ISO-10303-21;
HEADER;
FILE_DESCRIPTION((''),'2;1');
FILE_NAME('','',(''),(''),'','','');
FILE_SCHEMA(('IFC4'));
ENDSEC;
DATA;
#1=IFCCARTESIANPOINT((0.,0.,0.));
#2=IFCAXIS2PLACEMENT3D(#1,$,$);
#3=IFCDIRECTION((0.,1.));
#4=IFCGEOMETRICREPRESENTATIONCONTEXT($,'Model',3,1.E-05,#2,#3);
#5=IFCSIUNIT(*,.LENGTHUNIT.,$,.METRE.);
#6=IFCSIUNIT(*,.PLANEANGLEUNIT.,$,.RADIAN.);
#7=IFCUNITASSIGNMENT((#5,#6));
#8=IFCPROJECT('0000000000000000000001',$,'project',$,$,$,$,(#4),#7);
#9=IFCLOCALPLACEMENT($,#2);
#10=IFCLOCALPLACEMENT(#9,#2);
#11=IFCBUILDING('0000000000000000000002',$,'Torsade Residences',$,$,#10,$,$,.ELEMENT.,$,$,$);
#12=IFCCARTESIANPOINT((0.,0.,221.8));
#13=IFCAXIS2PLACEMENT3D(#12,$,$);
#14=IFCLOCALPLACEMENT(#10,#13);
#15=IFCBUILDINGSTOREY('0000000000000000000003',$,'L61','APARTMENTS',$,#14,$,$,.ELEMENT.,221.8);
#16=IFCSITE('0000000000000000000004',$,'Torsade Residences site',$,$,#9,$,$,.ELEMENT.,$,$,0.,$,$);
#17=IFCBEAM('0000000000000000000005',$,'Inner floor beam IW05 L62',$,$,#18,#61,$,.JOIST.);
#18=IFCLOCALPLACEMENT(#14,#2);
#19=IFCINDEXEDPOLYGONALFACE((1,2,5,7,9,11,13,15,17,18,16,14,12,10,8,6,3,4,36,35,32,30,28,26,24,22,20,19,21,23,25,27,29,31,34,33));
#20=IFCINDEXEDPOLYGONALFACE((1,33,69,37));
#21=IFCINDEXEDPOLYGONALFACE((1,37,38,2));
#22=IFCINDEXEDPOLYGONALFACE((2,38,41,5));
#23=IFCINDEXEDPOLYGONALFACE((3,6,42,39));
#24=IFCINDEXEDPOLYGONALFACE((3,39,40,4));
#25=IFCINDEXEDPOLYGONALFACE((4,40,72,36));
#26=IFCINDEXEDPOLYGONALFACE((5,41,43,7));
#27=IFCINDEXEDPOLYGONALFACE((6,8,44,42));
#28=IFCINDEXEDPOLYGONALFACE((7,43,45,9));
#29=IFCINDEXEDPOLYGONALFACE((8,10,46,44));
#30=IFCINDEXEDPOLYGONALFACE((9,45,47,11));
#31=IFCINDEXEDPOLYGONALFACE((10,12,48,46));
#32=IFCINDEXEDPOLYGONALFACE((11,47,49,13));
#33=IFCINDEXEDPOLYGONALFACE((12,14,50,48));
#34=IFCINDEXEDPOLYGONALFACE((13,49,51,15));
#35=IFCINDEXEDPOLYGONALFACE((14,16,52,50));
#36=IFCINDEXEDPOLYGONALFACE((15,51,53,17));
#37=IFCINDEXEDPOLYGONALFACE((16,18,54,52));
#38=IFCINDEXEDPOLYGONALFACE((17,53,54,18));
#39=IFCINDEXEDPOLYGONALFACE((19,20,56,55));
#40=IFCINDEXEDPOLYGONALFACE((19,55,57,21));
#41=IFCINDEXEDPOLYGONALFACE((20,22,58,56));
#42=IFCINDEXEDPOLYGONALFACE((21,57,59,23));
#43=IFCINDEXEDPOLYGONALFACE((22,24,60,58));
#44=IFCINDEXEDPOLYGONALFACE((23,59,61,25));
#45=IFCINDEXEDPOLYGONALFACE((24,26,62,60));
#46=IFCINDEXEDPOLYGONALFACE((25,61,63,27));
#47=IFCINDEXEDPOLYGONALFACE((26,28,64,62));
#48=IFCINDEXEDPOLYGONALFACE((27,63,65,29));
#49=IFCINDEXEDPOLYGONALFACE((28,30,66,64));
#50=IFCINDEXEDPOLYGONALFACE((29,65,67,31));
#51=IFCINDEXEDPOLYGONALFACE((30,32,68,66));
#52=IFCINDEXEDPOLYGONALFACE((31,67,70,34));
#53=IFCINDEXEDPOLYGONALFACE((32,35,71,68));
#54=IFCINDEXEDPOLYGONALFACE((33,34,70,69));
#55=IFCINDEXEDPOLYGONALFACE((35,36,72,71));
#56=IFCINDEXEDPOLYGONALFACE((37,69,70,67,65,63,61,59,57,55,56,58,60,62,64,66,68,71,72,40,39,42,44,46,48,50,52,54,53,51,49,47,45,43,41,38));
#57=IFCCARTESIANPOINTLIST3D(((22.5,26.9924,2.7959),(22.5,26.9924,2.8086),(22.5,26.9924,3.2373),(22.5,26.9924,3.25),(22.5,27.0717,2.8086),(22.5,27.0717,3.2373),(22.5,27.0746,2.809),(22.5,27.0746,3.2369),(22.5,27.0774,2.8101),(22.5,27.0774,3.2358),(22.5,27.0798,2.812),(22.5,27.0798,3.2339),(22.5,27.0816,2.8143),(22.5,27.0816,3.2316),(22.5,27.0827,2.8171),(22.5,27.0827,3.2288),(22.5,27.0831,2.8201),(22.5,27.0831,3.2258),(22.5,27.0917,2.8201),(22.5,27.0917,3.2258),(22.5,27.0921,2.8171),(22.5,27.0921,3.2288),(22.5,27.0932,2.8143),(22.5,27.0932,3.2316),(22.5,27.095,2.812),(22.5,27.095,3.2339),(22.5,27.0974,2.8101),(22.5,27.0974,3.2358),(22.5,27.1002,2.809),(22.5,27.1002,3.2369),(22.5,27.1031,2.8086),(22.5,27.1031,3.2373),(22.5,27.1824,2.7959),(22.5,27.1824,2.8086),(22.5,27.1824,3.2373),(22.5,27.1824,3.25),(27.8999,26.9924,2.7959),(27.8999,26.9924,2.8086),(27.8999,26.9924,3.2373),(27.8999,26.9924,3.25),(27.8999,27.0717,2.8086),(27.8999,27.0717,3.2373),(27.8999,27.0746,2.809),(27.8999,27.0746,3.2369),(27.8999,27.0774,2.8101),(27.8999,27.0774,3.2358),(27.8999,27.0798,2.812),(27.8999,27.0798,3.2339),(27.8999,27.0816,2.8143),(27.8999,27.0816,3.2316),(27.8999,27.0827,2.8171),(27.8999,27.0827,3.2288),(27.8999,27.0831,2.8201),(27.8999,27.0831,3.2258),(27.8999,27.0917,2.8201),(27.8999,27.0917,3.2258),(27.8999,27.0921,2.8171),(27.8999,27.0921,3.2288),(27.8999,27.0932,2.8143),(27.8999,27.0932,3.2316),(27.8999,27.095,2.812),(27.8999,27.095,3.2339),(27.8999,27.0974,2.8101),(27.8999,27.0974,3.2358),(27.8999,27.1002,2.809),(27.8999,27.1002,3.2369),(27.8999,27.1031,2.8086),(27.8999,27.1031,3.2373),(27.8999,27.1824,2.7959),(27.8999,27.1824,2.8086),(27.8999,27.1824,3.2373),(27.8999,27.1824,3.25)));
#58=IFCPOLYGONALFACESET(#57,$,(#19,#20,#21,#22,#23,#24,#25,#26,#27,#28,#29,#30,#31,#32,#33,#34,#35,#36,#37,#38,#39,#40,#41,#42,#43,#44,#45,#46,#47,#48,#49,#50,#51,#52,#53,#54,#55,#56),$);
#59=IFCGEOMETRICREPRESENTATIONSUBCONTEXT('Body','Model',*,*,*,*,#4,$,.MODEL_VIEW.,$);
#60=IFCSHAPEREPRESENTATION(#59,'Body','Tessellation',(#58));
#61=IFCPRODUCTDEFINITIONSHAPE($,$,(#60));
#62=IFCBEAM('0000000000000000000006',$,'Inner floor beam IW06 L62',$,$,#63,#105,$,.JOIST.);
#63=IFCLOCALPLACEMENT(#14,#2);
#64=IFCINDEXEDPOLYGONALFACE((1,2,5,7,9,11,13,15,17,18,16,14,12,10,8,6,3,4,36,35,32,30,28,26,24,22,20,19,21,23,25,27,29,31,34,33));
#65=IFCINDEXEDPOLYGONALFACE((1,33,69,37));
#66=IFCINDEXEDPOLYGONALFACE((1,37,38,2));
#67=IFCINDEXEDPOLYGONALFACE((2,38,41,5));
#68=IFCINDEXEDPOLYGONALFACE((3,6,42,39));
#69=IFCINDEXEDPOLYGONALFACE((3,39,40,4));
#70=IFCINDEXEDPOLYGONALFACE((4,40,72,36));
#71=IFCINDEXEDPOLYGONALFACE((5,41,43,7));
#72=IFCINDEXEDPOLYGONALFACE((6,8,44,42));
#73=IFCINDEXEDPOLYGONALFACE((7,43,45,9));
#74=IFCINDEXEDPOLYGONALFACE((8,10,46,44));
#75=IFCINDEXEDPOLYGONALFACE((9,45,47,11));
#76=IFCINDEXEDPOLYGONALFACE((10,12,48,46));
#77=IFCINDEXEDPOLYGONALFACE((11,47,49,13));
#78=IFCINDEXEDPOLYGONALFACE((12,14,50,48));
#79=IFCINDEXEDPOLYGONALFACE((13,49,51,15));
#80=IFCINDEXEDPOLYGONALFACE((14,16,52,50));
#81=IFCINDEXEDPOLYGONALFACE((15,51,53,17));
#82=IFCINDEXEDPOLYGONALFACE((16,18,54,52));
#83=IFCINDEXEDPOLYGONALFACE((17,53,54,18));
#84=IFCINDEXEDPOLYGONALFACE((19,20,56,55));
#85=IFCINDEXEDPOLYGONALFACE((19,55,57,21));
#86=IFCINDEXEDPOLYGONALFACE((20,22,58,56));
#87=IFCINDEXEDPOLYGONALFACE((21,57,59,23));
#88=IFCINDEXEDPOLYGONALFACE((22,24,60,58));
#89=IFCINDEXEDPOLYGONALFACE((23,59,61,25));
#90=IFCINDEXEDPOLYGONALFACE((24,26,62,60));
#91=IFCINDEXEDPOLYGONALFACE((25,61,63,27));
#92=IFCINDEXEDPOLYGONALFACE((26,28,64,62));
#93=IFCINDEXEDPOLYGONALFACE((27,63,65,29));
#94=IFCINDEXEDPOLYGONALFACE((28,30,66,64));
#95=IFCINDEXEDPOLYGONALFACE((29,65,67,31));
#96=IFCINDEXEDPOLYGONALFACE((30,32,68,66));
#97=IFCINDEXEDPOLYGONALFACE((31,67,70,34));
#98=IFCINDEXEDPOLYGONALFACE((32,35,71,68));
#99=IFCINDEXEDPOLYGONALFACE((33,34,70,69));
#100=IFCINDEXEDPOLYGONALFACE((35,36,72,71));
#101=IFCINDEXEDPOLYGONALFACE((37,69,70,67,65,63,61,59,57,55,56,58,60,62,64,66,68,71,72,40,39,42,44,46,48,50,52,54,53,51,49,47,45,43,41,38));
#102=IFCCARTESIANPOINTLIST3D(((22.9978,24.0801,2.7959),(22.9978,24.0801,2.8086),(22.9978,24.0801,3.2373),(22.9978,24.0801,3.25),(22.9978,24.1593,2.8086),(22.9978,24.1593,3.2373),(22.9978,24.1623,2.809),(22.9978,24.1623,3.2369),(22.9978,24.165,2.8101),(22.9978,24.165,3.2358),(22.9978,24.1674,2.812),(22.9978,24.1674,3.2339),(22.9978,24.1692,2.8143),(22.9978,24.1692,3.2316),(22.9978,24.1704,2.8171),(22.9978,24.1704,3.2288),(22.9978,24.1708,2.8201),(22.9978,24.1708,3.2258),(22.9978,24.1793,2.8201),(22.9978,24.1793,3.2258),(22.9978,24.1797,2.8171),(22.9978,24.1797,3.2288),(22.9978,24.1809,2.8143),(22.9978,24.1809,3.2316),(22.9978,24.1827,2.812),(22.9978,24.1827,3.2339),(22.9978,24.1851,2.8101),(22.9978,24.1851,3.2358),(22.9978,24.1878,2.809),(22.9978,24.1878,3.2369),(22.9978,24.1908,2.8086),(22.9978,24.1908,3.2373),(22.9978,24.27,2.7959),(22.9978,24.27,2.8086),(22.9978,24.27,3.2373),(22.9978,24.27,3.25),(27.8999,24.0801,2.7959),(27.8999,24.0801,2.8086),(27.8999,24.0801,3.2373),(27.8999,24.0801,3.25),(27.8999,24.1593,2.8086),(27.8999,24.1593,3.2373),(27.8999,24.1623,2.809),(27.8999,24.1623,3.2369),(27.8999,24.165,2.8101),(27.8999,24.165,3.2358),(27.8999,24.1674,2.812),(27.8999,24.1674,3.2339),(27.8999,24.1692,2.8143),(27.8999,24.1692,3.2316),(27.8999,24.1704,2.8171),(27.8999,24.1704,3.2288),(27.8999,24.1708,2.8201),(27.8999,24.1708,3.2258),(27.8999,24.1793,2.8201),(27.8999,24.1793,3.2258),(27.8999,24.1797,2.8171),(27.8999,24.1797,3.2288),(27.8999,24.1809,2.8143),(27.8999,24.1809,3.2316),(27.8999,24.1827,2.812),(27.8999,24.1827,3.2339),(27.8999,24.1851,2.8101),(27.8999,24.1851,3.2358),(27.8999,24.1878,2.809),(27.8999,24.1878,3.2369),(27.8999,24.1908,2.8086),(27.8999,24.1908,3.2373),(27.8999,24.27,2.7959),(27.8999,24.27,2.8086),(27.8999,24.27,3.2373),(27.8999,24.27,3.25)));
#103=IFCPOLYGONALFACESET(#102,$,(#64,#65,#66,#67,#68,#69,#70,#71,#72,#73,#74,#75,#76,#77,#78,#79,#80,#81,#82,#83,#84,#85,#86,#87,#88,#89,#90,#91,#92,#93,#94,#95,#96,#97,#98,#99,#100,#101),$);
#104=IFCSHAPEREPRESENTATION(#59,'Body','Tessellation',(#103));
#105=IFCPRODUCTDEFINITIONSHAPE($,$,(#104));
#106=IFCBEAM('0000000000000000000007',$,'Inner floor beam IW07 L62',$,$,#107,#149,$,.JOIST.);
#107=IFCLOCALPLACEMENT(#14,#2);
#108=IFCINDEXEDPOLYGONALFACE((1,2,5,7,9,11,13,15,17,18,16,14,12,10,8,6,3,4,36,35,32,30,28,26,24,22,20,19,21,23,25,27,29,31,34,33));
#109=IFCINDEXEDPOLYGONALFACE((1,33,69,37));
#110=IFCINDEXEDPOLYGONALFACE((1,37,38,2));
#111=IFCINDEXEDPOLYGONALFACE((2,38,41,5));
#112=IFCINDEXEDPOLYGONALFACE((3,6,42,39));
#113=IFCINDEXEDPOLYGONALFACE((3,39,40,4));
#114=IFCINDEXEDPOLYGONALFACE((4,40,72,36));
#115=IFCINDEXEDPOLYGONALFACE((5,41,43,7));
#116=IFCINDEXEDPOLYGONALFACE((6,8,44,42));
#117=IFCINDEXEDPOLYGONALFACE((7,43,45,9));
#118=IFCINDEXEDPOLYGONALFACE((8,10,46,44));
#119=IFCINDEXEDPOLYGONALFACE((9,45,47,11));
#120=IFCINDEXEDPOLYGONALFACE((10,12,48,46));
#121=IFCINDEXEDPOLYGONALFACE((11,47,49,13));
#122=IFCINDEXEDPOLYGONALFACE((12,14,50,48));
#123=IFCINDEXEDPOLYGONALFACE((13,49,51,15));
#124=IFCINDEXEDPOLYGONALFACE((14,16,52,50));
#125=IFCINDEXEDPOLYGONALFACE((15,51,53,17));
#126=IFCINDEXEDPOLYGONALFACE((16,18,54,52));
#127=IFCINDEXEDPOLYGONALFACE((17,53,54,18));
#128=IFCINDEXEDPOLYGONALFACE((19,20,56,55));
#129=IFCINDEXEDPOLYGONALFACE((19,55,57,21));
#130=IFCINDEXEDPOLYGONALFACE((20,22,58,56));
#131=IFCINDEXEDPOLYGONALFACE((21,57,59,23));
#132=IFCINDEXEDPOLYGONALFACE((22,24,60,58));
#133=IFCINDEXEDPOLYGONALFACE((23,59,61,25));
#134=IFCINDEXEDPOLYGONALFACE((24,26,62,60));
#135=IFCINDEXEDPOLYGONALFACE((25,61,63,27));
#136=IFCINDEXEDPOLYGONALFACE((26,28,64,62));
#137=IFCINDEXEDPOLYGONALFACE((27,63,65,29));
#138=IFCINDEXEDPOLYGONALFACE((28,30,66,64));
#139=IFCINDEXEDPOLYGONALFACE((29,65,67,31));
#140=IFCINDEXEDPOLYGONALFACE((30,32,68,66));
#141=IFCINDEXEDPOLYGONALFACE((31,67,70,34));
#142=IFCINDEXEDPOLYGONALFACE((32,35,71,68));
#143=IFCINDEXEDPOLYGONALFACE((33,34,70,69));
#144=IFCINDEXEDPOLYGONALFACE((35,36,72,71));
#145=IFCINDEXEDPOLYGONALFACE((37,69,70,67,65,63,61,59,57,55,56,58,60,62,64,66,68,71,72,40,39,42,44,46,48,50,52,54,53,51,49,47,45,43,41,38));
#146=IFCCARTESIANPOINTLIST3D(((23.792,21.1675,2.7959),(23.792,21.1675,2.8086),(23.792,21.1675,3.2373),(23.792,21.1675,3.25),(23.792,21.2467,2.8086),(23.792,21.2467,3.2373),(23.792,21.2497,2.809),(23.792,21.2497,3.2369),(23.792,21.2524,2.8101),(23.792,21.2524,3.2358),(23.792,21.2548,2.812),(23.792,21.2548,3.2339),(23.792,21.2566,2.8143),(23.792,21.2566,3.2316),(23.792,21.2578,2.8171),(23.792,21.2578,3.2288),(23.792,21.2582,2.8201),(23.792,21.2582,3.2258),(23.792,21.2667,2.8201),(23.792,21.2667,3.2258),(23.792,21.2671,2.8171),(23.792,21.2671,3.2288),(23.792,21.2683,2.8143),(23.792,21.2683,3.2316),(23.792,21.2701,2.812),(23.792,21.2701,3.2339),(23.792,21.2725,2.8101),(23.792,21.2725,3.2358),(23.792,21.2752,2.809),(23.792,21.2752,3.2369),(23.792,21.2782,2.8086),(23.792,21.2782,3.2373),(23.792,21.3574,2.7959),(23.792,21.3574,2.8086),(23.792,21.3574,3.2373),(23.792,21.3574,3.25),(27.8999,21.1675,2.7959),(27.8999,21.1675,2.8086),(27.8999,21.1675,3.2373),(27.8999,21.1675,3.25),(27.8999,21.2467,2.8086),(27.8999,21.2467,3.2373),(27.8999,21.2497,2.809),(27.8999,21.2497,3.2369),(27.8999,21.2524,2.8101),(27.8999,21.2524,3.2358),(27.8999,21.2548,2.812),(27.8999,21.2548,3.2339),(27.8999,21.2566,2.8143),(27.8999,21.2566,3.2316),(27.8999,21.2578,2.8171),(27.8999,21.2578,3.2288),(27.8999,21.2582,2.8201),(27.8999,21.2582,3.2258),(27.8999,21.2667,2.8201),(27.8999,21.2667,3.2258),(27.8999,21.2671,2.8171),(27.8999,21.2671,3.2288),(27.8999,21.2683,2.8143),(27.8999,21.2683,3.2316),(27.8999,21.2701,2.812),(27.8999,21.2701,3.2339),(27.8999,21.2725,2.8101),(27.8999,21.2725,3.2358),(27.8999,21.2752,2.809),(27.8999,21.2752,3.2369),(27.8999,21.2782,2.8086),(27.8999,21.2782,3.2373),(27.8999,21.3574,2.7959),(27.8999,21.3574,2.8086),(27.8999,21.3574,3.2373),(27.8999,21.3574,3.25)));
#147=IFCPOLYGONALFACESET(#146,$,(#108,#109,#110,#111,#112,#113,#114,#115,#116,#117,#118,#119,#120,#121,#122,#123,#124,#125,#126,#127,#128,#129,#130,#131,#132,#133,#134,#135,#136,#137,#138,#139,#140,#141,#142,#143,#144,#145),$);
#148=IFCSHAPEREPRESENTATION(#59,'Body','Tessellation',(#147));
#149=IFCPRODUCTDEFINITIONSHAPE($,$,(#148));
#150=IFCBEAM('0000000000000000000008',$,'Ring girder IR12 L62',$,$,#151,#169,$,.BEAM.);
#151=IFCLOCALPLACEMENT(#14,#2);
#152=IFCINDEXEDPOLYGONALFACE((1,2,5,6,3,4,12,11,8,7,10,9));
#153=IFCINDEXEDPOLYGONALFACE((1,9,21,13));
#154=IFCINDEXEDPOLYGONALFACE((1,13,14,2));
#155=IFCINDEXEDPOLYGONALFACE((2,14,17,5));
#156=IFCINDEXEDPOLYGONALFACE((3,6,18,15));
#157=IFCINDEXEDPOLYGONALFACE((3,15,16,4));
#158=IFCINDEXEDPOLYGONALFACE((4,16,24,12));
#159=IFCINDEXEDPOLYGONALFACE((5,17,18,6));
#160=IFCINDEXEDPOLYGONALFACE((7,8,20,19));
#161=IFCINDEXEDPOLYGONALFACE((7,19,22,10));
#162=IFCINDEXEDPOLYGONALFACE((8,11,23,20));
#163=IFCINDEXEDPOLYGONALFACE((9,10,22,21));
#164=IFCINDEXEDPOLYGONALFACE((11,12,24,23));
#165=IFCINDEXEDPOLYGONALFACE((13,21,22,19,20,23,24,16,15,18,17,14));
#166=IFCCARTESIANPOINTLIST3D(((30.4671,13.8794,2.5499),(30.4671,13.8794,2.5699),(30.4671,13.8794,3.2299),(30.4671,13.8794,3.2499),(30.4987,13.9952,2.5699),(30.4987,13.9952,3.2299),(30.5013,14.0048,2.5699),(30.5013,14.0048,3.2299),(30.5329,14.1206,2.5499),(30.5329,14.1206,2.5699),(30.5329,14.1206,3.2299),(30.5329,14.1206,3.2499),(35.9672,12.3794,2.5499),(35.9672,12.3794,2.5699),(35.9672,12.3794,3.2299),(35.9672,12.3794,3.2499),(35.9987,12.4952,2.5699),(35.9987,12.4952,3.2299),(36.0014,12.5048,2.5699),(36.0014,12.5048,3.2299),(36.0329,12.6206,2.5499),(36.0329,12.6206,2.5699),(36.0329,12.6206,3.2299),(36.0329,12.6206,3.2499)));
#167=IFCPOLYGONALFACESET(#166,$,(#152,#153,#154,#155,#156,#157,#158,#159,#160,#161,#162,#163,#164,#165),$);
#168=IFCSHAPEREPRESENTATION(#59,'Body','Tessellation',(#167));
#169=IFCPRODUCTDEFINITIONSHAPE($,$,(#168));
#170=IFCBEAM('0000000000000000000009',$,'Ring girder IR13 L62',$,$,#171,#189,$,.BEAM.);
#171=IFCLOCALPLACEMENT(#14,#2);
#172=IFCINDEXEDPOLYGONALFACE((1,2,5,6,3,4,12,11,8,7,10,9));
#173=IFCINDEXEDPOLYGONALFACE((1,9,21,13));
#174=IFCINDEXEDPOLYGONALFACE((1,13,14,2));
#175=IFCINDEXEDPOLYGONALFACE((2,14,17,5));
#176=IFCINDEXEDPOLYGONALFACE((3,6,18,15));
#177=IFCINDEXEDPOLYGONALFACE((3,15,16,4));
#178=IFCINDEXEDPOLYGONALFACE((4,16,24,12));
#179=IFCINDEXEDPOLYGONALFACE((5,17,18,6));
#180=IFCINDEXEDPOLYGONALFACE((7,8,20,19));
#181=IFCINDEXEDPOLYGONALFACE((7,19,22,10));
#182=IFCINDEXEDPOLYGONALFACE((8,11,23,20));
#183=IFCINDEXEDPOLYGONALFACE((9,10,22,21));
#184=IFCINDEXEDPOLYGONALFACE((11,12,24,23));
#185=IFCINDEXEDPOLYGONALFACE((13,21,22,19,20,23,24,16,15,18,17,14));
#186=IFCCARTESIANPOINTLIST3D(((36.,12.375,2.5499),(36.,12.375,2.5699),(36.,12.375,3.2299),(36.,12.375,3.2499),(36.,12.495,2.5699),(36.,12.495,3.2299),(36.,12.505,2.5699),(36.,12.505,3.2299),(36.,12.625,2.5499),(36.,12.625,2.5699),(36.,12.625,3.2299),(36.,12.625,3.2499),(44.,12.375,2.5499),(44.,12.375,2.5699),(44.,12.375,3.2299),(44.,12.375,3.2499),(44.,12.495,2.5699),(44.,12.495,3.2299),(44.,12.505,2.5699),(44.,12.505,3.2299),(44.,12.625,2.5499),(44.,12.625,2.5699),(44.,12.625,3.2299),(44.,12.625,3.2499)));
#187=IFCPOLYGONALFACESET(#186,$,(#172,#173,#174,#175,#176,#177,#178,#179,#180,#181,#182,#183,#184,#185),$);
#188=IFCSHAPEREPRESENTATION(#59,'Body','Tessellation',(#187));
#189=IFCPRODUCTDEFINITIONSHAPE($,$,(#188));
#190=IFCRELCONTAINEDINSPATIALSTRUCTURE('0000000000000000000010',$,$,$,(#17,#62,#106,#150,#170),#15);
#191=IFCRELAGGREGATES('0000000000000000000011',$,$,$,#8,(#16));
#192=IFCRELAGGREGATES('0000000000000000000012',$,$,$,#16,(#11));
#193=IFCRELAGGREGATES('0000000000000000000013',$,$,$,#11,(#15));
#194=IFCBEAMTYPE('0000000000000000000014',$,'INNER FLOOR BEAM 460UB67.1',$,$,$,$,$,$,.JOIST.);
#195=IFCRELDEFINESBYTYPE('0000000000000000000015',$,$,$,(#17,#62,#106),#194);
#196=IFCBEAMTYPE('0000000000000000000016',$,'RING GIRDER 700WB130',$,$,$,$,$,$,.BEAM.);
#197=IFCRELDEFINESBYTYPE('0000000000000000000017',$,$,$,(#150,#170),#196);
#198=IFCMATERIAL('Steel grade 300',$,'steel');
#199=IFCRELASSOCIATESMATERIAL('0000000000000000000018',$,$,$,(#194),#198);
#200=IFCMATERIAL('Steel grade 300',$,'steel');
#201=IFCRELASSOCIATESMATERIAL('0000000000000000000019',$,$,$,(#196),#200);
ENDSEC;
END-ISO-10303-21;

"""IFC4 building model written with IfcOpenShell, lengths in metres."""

from ifc_helpers import new_model, si_unit, direction, frame, origin, origin_2d, place, context, subcontext, project, spatial, i_section, extrude, material, material_profile, profile_set, type_object, element, save


model = new_model("IFC4")

# Units and contexts
model_context = context("Model", 3, precision=1e-05, world=origin(), true_north=direction((0.0, 1.0)))
body_context = subcontext(model_context, "Body", "Model", "MODEL_VIEW")
ifc_project = project(units=[si_unit("LENGTHUNIT", "METRE"), si_unit("PLANEANGLEUNIT", "RADIAN")], contexts=[model_context])

# Site, building, storey
site_placement = place(None, origin())
site = spatial("IfcSite", under=ifc_project, at=site_placement, Name="Torsade Residences site", CompositionType="ELEMENT", RefElevation=0.0)
building_placement = place(site_placement, origin())
building = spatial("IfcBuilding", under=site, at=building_placement, Name="Torsade Residences", CompositionType="ELEMENT")
storey_placement = place(building_placement, frame((0.0, 0.0, 221.8)))
storey = spatial("IfcBuildingStorey", under=building, at=storey_placement, Name="L61", Description="APARTMENTS", CompositionType="ELEMENT", Elevation=221.8)

# Beams
ifc_material_1 = material(Name="Steel grade 300", Category="steel")
ifc_material_profile_1 = material_profile(ifc_material_1, i_section(OverallWidth=0.1899, OverallDepth=0.4541, WebThickness=0.0085, FlangeThickness=0.0127, FilletRadius=0.0115, at=origin_2d()), Name="460UB67.1")
ifc_profile_set_1 = profile_set([ifc_material_profile_1], Name="Steel grade 300")
beam_type_1 = type_object("IfcBeamType", Name="INNER FLOOR BEAM 460UB67.1", PredefinedType="JOIST", material=ifc_profile_set_1)
beam_1_placement = place(storey_placement, frame((27.8999, 27.0874, 3.0229), z_axis=(-1.0, 0.0, 0.0), x_axis=(0.0, -1.0, 0.0)))
element("IfcBeam", 1, at=beam_1_placement, inside=storey, type_object=beam_type_1, Name="Inner floor beam IW05 L62", PredefinedType="JOIST", context=body_context, shape_type="SweptSolid", body=[
    extrude(i_section(OverallWidth=0.1899, OverallDepth=0.4541, WebThickness=0.0085, FlangeThickness=0.0127, FilletRadius=0.0115, at=origin_2d()), origin(), (0.0, 0.0, 1.0), 5.3999),
])
beam_2_placement = place(storey_placement, frame((27.8999, 24.175, 3.0229), z_axis=(-1.0, 0.0, 0.0), x_axis=(0.0, -1.0, 0.0)))
element("IfcBeam", 2, at=beam_2_placement, inside=storey, type_object=beam_type_1, Name="Inner floor beam IW06 L62", PredefinedType="JOIST", context=body_context, shape_type="SweptSolid", body=[
    extrude(i_section(OverallWidth=0.1899, OverallDepth=0.4541, WebThickness=0.0085, FlangeThickness=0.0127, FilletRadius=0.0115, at=origin_2d()), origin(), (0.0, 0.0, 1.0), 4.9021),
])
beam_3_placement = place(storey_placement, frame((27.8999, 21.2625, 3.0229), z_axis=(-1.0, 0.0, 0.0), x_axis=(0.0, -1.0, 0.0)))
element("IfcBeam", 3, at=beam_3_placement, inside=storey, type_object=beam_type_1, Name="Inner floor beam IW07 L62", PredefinedType="JOIST", context=body_context, shape_type="SweptSolid", body=[
    extrude(i_section(OverallWidth=0.1899, OverallDepth=0.4541, WebThickness=0.0085, FlangeThickness=0.0127, FilletRadius=0.0115, at=origin_2d()), origin(), (0.0, 0.0, 1.0), 4.1079),
])
ifc_material_2 = material(Name="Steel grade 300", Category="steel")
ifc_material_profile_2 = material_profile(ifc_material_2, i_section(OverallWidth=0.25, OverallDepth=0.7, WebThickness=0.01, FlangeThickness=0.02, at=origin_2d()), Name="700WB130")
ifc_profile_set_2 = profile_set([ifc_material_profile_2], Name="Steel grade 300")
beam_type_2 = type_object("IfcBeamType", Name="RING GIRDER 700WB130", PredefinedType="BEAM", material=ifc_profile_set_2)
beam_4_placement = place(storey_placement, frame((30.5, 14.0, 2.8999), z_axis=(0.964764, -0.263117, 0.0), x_axis=(0.263117, 0.964764, 0.0)))
element("IfcBeam", 4, at=beam_4_placement, inside=storey, type_object=beam_type_2, Name="Ring girder IR12 L62", PredefinedType="BEAM", context=body_context, shape_type="SweptSolid", body=[
    extrude(i_section(OverallWidth=0.25, OverallDepth=0.7, WebThickness=0.01, FlangeThickness=0.02, at=origin_2d()), origin(), (0.0, 0.0, 1.0), 5.7009),
])
beam_5_placement = place(storey_placement, frame((36.0, 12.5, 2.8999), z_axis=(1.0, 0.0, 0.0), x_axis=(0.0, 1.0, 0.0)))
element("IfcBeam", 5, at=beam_5_placement, inside=storey, type_object=beam_type_2, Name="Ring girder IR13 L62", PredefinedType="BEAM", context=body_context, shape_type="SweptSolid", body=[
    extrude(i_section(OverallWidth=0.25, OverallDepth=0.7, WebThickness=0.01, FlangeThickness=0.02, at=origin_2d()), origin(), (0.0, 0.0, 1.0), 8.0),
])

save(model, "model.ifc")
